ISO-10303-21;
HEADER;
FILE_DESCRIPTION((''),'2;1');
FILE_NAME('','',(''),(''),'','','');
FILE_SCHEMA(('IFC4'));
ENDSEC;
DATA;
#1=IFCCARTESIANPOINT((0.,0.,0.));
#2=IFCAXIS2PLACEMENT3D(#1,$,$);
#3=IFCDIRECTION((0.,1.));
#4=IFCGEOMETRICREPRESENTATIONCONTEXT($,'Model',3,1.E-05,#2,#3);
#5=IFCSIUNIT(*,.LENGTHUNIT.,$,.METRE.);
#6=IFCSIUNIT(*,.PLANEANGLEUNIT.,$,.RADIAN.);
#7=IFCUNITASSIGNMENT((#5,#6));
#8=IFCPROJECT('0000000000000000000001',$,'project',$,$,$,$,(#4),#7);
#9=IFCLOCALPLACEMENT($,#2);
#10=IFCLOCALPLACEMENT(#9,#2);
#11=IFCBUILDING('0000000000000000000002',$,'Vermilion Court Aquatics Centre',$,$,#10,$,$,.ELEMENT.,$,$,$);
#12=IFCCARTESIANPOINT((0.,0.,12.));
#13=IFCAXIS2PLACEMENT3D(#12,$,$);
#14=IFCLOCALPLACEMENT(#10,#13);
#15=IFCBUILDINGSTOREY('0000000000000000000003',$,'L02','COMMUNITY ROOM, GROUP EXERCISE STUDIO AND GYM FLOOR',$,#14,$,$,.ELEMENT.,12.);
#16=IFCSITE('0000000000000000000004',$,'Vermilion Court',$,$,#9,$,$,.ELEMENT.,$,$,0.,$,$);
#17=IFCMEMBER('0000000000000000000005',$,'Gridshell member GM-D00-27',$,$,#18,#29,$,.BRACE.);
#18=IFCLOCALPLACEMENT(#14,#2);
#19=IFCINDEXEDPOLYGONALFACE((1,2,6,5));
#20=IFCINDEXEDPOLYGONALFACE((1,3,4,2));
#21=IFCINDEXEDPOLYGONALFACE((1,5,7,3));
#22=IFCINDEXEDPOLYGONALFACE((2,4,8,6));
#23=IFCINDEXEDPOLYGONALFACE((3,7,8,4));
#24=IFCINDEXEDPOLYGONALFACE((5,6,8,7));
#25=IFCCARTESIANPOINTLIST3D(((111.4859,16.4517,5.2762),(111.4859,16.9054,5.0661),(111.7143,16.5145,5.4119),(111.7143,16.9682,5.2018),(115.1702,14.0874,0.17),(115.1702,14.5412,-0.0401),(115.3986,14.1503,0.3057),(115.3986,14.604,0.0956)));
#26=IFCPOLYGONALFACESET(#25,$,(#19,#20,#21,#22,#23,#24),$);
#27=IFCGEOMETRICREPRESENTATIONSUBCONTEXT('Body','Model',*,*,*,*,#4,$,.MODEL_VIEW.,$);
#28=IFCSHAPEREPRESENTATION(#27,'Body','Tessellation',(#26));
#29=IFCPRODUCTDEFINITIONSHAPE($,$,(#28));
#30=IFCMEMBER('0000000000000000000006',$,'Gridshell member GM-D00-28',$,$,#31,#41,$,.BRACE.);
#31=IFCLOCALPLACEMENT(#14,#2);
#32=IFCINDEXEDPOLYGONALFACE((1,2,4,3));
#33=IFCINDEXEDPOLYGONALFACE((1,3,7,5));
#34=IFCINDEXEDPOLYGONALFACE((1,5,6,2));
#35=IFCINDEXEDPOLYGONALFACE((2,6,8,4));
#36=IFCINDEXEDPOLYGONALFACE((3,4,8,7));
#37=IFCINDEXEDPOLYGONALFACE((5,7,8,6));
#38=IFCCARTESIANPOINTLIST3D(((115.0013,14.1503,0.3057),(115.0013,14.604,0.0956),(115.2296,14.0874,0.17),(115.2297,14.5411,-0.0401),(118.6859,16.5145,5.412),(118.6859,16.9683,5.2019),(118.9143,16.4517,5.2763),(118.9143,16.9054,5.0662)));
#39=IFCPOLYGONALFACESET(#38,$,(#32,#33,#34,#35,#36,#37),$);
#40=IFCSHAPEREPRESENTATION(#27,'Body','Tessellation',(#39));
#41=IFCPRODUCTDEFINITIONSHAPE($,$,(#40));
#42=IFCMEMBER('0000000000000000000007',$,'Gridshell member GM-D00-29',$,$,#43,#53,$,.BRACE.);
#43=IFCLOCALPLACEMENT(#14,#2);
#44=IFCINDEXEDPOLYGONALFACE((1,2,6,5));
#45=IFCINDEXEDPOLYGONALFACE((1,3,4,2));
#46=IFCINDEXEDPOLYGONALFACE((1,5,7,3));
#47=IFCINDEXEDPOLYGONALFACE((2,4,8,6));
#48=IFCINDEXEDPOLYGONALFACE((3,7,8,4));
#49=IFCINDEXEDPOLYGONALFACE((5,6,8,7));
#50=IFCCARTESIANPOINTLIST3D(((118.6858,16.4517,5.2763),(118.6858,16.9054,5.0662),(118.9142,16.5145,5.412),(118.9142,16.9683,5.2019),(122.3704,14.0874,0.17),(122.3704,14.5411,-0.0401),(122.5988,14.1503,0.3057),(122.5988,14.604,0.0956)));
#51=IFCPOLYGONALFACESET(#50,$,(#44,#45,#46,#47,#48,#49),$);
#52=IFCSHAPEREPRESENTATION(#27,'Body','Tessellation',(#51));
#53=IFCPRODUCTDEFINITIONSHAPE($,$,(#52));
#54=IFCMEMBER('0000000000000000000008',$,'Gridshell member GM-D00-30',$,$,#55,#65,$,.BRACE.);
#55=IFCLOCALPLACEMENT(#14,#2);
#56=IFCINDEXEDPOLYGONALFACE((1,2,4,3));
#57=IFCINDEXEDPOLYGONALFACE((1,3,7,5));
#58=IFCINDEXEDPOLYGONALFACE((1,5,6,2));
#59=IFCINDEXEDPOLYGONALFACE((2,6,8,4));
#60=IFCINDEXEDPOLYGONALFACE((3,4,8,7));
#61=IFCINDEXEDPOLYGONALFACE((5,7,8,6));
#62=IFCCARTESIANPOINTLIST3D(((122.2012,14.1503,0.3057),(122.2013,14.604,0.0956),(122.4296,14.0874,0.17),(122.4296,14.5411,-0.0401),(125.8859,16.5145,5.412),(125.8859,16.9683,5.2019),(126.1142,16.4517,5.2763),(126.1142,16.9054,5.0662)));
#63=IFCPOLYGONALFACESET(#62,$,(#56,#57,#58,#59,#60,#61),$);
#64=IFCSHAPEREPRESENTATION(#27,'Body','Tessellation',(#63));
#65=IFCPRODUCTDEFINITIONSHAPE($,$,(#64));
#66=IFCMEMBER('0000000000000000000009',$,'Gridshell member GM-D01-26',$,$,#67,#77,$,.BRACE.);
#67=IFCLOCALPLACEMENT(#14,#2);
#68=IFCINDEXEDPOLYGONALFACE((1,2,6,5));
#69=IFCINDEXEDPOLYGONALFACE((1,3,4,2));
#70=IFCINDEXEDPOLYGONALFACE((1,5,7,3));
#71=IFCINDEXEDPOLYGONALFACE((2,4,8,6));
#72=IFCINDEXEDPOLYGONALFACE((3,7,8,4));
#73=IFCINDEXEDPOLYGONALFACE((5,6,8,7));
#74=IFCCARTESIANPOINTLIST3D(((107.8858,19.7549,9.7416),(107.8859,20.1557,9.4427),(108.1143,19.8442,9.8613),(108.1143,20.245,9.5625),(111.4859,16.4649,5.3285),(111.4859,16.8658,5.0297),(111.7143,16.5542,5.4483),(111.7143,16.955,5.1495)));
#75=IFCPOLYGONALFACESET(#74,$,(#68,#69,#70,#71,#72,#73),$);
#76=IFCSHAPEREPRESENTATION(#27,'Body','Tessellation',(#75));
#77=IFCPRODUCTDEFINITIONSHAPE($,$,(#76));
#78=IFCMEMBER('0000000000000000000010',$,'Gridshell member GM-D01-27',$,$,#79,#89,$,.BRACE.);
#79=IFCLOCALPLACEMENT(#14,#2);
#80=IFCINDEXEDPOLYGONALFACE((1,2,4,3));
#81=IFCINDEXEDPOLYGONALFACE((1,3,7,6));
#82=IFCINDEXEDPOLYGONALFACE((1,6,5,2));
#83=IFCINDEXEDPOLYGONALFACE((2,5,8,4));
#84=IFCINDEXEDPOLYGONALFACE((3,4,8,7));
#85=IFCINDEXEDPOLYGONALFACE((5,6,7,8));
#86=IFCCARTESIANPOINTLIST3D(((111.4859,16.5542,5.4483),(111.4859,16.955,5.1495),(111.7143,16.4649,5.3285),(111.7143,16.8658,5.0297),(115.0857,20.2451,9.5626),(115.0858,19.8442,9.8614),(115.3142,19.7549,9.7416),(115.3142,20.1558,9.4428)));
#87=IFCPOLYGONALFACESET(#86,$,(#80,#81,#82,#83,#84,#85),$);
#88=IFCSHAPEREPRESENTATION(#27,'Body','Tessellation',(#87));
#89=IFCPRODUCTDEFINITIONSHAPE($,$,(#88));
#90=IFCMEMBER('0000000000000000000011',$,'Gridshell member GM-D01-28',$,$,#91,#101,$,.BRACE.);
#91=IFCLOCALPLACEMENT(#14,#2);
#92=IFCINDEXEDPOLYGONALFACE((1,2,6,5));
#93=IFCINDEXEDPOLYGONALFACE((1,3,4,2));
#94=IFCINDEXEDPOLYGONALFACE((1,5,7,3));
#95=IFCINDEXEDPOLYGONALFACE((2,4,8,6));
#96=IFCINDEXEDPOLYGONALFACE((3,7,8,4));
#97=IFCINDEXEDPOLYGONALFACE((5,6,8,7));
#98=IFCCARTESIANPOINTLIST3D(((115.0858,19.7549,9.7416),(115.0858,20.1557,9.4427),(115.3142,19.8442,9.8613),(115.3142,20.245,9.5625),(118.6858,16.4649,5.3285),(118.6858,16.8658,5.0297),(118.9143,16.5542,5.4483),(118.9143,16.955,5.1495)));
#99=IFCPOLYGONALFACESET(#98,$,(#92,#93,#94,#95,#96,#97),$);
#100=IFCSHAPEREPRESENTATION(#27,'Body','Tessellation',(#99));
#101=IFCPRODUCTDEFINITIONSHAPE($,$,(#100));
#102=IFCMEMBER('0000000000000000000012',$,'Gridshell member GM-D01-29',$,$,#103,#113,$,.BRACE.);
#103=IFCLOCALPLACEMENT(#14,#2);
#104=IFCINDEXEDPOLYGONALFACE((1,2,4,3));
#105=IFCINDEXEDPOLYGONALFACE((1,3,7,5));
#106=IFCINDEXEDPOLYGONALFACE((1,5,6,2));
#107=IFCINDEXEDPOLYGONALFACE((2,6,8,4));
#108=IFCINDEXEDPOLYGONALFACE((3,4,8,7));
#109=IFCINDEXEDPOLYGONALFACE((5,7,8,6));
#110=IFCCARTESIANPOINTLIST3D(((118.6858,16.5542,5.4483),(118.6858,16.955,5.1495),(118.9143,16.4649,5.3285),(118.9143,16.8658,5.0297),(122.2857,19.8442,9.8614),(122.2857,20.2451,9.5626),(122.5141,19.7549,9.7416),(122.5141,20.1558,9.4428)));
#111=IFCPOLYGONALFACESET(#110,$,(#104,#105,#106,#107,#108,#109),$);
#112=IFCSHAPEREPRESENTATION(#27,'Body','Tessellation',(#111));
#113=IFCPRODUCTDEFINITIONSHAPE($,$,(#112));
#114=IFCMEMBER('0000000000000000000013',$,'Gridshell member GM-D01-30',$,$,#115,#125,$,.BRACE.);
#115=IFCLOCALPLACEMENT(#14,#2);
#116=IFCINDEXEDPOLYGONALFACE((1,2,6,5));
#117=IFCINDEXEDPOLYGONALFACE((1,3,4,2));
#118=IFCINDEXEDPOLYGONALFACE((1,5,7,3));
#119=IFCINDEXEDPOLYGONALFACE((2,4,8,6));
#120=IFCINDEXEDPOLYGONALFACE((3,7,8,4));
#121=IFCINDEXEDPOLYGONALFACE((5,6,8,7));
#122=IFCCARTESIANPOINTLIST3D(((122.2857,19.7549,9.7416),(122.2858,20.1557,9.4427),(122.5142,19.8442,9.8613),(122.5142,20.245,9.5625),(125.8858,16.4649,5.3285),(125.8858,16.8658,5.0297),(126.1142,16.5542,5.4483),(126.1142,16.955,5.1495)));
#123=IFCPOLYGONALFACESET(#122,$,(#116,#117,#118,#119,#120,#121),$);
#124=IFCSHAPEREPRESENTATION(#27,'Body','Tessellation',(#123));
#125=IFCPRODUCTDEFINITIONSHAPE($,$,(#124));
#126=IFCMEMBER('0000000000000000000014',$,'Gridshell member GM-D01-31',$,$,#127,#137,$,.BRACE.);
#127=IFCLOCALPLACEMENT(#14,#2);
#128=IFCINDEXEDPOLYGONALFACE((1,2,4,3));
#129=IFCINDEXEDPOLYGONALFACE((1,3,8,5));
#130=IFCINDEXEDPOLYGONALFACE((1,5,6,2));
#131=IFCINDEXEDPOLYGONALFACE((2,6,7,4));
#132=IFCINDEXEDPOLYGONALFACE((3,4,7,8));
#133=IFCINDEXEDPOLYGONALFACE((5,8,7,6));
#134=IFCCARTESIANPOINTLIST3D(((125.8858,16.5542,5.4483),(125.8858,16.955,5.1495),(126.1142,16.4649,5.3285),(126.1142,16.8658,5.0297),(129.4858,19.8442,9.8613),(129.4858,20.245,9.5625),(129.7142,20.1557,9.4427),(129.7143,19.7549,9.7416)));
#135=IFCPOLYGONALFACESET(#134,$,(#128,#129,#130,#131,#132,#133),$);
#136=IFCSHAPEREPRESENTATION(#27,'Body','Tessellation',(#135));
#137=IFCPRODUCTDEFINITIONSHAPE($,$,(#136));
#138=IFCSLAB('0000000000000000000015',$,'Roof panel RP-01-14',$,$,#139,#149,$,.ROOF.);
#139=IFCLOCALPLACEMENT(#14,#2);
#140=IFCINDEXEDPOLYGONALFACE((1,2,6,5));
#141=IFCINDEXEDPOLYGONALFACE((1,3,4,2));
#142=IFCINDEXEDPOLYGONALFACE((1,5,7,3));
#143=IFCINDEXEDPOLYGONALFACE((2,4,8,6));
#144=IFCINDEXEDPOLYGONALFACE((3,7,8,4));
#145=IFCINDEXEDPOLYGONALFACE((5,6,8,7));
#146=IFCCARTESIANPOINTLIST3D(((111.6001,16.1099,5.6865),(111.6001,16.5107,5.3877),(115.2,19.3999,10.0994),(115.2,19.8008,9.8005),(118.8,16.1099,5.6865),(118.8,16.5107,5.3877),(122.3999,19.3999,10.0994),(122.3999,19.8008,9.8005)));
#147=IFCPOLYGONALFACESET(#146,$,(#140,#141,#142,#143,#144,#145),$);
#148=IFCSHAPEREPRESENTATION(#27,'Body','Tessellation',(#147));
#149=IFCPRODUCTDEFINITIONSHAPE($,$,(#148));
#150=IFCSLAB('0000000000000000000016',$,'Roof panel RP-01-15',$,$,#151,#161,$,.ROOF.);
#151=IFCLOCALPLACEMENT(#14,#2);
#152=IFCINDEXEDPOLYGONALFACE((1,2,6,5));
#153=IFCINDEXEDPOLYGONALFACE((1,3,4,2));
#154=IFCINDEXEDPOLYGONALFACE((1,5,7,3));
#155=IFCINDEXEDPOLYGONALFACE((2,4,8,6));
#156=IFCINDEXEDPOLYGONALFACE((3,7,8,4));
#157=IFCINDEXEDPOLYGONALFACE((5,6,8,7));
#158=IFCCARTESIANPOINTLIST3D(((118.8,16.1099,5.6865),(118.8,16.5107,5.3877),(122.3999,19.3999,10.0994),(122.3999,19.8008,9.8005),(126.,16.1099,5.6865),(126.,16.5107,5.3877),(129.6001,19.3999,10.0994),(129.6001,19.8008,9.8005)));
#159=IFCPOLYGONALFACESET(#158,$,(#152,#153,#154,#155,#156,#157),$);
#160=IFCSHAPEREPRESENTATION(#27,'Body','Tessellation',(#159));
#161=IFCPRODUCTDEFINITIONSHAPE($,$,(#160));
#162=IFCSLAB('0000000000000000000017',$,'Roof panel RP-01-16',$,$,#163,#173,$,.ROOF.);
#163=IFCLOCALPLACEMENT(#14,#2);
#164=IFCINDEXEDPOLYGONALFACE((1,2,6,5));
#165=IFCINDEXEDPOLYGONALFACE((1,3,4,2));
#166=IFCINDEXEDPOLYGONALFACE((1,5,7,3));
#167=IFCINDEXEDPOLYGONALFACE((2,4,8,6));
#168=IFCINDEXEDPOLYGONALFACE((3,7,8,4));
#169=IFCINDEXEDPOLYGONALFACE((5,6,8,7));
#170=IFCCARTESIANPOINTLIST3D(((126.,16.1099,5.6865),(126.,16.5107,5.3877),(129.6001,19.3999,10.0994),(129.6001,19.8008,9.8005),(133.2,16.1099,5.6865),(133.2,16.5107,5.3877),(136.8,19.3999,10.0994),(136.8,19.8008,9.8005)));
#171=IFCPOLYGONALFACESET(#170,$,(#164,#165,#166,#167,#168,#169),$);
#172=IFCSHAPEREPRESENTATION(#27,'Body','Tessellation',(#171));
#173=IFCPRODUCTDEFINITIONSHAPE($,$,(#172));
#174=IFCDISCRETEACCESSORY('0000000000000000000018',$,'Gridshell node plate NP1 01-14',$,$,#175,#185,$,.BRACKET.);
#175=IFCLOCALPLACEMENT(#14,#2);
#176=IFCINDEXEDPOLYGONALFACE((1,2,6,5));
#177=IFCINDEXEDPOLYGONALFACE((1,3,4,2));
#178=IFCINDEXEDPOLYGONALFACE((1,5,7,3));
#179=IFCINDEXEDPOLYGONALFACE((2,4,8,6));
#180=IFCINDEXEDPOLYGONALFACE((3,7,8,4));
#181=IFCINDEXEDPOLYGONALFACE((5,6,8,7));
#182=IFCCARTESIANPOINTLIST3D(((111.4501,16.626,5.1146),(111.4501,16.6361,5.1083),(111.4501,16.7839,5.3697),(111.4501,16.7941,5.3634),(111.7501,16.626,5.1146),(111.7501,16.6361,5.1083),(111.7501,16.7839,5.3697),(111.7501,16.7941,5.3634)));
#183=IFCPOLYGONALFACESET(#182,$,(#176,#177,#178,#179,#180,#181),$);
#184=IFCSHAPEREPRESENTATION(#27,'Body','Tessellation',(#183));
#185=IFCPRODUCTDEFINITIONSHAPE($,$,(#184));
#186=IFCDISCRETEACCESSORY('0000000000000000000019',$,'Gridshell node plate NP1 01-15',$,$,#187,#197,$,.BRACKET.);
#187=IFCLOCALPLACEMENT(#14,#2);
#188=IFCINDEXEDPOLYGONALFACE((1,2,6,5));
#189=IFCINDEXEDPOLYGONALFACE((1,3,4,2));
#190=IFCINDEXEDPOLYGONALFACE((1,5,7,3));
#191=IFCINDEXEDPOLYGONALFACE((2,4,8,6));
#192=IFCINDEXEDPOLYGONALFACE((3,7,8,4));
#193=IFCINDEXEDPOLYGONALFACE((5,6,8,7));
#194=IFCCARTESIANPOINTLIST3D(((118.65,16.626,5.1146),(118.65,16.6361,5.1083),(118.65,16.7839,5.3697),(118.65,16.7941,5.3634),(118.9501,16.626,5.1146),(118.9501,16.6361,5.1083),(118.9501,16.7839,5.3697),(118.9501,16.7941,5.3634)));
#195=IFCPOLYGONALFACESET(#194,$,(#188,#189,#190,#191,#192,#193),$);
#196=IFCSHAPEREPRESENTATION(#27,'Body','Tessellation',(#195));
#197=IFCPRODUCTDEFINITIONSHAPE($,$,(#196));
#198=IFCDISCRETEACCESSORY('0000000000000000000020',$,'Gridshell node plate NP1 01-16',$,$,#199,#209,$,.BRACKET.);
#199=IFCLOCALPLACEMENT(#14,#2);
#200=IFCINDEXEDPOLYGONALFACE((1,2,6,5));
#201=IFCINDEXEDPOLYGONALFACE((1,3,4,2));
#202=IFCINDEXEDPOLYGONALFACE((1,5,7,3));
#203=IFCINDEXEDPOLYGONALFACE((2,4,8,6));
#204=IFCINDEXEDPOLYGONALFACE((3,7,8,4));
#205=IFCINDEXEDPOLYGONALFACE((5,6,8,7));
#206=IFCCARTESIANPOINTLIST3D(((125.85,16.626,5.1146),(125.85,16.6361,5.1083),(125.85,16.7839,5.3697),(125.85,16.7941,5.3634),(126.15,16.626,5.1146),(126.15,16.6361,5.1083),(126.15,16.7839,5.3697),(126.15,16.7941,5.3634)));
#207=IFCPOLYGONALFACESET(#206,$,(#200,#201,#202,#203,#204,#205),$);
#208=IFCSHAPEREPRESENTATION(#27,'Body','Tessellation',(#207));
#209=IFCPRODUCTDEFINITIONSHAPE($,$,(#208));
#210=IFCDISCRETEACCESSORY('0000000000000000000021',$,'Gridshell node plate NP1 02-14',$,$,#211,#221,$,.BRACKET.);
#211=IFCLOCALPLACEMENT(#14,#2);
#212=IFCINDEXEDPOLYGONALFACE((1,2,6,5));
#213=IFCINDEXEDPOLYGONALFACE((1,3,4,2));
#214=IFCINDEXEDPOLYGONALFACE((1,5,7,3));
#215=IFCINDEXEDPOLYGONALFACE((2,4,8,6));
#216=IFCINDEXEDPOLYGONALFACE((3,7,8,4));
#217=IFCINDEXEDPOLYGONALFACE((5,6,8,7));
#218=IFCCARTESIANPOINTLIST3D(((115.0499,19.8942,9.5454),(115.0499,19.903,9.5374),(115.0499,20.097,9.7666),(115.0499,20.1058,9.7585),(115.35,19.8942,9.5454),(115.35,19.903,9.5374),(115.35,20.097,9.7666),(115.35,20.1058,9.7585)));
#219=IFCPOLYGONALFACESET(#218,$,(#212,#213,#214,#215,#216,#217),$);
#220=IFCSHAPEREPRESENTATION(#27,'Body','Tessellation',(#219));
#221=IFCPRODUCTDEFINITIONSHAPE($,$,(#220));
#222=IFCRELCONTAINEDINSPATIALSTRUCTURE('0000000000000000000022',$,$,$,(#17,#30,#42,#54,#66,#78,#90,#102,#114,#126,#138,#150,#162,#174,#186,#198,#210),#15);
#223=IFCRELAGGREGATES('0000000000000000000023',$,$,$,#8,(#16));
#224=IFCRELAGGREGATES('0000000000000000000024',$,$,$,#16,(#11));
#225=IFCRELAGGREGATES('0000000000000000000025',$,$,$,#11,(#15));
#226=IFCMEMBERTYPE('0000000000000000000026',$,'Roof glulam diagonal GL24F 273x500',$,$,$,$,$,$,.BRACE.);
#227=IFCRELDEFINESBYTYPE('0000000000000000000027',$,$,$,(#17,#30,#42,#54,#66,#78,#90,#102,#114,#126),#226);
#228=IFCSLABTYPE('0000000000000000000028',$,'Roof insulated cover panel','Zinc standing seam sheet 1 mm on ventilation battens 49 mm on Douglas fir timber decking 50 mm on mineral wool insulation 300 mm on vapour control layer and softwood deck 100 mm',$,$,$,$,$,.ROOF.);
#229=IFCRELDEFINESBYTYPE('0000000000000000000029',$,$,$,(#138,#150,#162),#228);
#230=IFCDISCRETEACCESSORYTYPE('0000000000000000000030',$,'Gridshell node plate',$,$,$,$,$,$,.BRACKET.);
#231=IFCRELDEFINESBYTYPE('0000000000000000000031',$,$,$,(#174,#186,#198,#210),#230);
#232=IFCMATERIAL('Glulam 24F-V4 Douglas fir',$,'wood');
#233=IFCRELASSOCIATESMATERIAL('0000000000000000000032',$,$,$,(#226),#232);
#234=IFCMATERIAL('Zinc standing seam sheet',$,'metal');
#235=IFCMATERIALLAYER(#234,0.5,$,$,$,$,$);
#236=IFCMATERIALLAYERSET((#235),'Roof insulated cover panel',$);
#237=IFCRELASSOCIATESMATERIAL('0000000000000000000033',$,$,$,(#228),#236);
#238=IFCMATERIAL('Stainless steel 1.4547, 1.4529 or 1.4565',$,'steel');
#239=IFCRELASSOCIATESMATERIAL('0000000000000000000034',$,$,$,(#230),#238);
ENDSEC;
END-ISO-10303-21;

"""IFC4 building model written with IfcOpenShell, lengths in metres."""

from ifc_helpers import new_model, si_unit, direction, frame, origin, origin_2d, place, context, subcontext, project, spatial, polyline, rectangle, outline, extrude, material, layer, layer_set, material_profile, profile_set, type_object, element, save


model = new_model("IFC4")

# Units and contexts
model_context = context("Model", 3, precision=1e-05, world=origin(), true_north=direction((0.0, 1.0)))
body_context = subcontext(model_context, "Body", "Model", "MODEL_VIEW")
ifc_project = project(units=[si_unit("LENGTHUNIT", "METRE"), si_unit("PLANEANGLEUNIT", "RADIAN")], contexts=[model_context])

# Site, building, storey
site_placement = place(None, origin())
site = spatial("IfcSite", under=ifc_project, at=site_placement, Name="Vermilion Court", CompositionType="ELEMENT", RefElevation=0.0)
building_placement = place(site_placement, origin())
building = spatial("IfcBuilding", under=site, at=building_placement, Name="Vermilion Court Aquatics Centre", CompositionType="ELEMENT")
storey_placement = place(building_placement, frame((0.0, 0.0, 12.0)))
storey = spatial("IfcBuildingStorey", under=building, at=storey_placement, Name="L02", Description="COMMUNITY ROOM, GROUP EXERCISE STUDIO AND GYM FLOOR", CompositionType="ELEMENT", Elevation=12.0)

# Members
ifc_material_1 = material(Name="Glulam 24F-V4 Douglas fir", Category="wood")
ifc_material_profile_1 = material_profile(ifc_material_1, rectangle(XDim=0.2729, YDim=0.5, at=origin_2d()), Name="GL24F 273x500")
ifc_profile_set_1 = profile_set([ifc_material_profile_1], Name="Glulam 24F-V4 Douglas fir")
member_type_1 = type_object("IfcMemberType", Name="Roof glulam diagonal GL24F 273x500", PredefinedType="BRACE", material=ifc_profile_set_1)
member_1_placement = place(storey_placement, frame((115.2844, 14.3457, 0.1328), z_axis=(-0.547785, 0.351517, 0.759189), x_axis=(-0.836619, -0.230161, -0.497085)))
element("IfcMember", 1, at=member_1_placement, inside=storey, type_object=member_type_1, Name="Gridshell member GM-D00-27", PredefinedType="BRACE", context=body_context, shape_type="SweptSolid", body=[
    extrude(rectangle(XDim=0.2729, YDim=0.5, at=origin_2d()), origin(), (0.0, 0.0, 1.0), 6.7258),
])
for number, where, z_axis, x_axis, name in (
    (2, (115.1155, 14.3457, 0.1328), (0.54781, 0.35151, 0.759174), (-0.836603, 0.230193, 0.497099), "Gridshell member GM-D00-28"),
    (3, (122.4846, 14.3457, 0.1328), (-0.54781, 0.35151, 0.759174), (-0.836603, -0.230193, -0.497099), "Gridshell member GM-D00-29"),
    (4, (122.3154, 14.3457, 0.1328), (0.54781, 0.35151, 0.759174), (-0.836603, 0.230193, 0.497099), "Gridshell member GM-D00-30"),
):
    element("IfcMember", number, at=place(storey_placement, frame(where, z_axis=z_axis, x_axis=x_axis)), inside=storey, type_object=member_type_1, Name=name, PredefinedType="BRACE", context=body_context, shape_type="SweptSolid", body=[
        extrude(rectangle(XDim=0.2729, YDim=0.5, at=origin_2d()), origin(), (0.0, 0.0, 1.0), 6.7261),
    ])
for number, where, z_axis, x_axis, name in (
    (5, (111.6001, 16.71, 5.239), (-0.547355, 0.500214, 0.670961), (-0.836901, -0.327117, -0.438853), "Gridshell member GM-D01-26"),
    (6, (111.6001, 16.71, 5.239), (0.547329, 0.500224, 0.670974), (-0.836918, 0.327083, 0.438846), "Gridshell member GM-D01-27"),
    (7, (118.8, 16.71, 5.239), (-0.547355, 0.500214, 0.670961), (-0.836901, -0.327117, -0.438853), "Gridshell member GM-D01-28"),
    (8, (118.8, 16.71, 5.239), (0.547329, 0.500224, 0.670974), (-0.836918, 0.327083, 0.438846), "Gridshell member GM-D01-29"),
    (9, (126.0, 16.71, 5.239), (-0.547355, 0.500214, 0.670961), (-0.836901, -0.327117, -0.438853), "Gridshell member GM-D01-30"),
    (10, (126.0, 16.71, 5.239), (0.547355, 0.500214, 0.670961), (-0.836901, 0.327117, 0.438853), "Gridshell member GM-D01-31"),
):
    element("IfcMember", number, at=place(storey_placement, frame(where, z_axis=z_axis, x_axis=x_axis)), inside=storey, type_object=member_type_1, Name=name, PredefinedType="BRACE", context=body_context, shape_type="SweptSolid", body=[
        extrude(rectangle(XDim=0.2729, YDim=0.5, at=origin_2d()), origin(), (0.0, 0.0, 1.0), 6.5771),
    ])

# Slabs
ifc_material_2 = material(Name="Zinc standing seam sheet", Category="metal")
ifc_layer_1 = layer(ifc_material_2, 0.5)
ifc_layer_set_1 = layer_set([ifc_layer_1], Name="Roof insulated cover panel")
slab_type = type_object("IfcSlabType", Name="Roof insulated cover panel", Description="Zinc standing seam sheet 1 mm on ventilation battens 49 mm on Douglas fir timber decking 50 mm on mineral wool insulation 300 mm on vapour control layer and softwood deck 100 mm", PredefinedType="ROOF", material=ifc_layer_set_1)
slab_1_placement = place(storey_placement, frame((111.6001, 16.1099, 5.6865), z_axis=(0.0, -0.801705, 0.59772), x_axis=(1.0, 0.0, 0.0)))
element("IfcSlab", 11, at=slab_1_placement, inside=storey, type_object=slab_type, Name="Roof panel RP-01-14", PredefinedType="ROOF", context=body_context, shape_type="SweptSolid", body=[
    extrude(outline(polyline([(0.0, 0.0), (7.2, 0.0), (10.7998, 5.5043), (3.5999, 5.5043), (0.0, 0.0)])), origin(), (0.0, 0.0, -1.0), 0.5),
])
slab_2_placement = place(storey_placement, frame((118.8, 16.1099, 5.6865), z_axis=(0.0, -0.801705, 0.59772), x_axis=(1.0, 0.0, 0.0)))
element("IfcSlab", 12, at=slab_2_placement, inside=storey, type_object=slab_type, Name="Roof panel RP-01-15", PredefinedType="ROOF", context=body_context, shape_type="SweptSolid", body=[
    extrude(outline(polyline([(0.0, 0.0), (7.2, 0.0), (10.8, 5.5043), (3.5999, 5.5043), (0.0, 0.0)])), origin(), (0.0, 0.0, -1.0), 0.5),
])
slab_3_placement = place(storey_placement, frame((126.0, 16.1099, 5.6865), z_axis=(0.0, -0.801705, 0.59772), x_axis=(1.0, 0.0, 0.0)))
element("IfcSlab", 13, at=slab_3_placement, inside=storey, type_object=slab_type, Name="Roof panel RP-01-16", PredefinedType="ROOF", context=body_context, shape_type="SweptSolid", body=[
    extrude(outline(polyline([(0.0, 0.0), (7.2, 0.0), (10.8, 5.5043), (3.6001, 5.5043), (0.0, 0.0)])), origin(), (0.0, 0.0, -1.0), 0.5),
])

# Discrete accessories
ifc_material_3 = material(Name="Stainless steel 1.4547, 1.4529 or 1.4565", Category="steel")
ifc_material_profile_2 = material_profile(ifc_material_3, rectangle(XDim=0.3, YDim=0.3, at=origin_2d()), Name="PL 12 x 300 x 300")
ifc_profile_set_2 = profile_set([ifc_material_profile_2], Name="Stainless steel 1.4547, 1.4529 or 1.4565")
discrete_accessory_type_1 = type_object("IfcDiscreteAccessoryType", Name="Gridshell node plate", PredefinedType="BRACKET", material=ifc_profile_set_2)
for number, where, z_axis, x_axis, name in (
    (14, (111.6001, 16.7151, 5.2358), (0.0, -0.850265, 0.526355), (1.0, 0.0, 0.0), "Gridshell node plate NP1 01-14"),
    (15, (118.8, 16.7151, 5.2358), (0.0, -0.850265, 0.526355), (1.0, 0.0, 0.0), "Gridshell node plate NP1 01-15"),
    (16, (126.0, 16.7151, 5.2358), (0.0, -0.850265, 0.526355), (1.0, 0.0, 0.0), "Gridshell node plate NP1 01-16"),
    (17, (115.2, 20.0044, 9.6479), (0.0, -0.737154, 0.675725), (1.0, 0.0, 0.0), "Gridshell node plate NP1 02-14"),
):
    element("IfcDiscreteAccessory", number, at=place(storey_placement, frame(where, z_axis=z_axis, x_axis=x_axis)), inside=storey, type_object=discrete_accessory_type_1, Name=name, PredefinedType="BRACKET", context=body_context, shape_type="SweptSolid", body=[
        extrude(rectangle(XDim=0.3, YDim=0.3, at=origin_2d()), origin(), (0.0, 0.0, 1.0), 0.012),
    ])

save(model, "model.ifc")
